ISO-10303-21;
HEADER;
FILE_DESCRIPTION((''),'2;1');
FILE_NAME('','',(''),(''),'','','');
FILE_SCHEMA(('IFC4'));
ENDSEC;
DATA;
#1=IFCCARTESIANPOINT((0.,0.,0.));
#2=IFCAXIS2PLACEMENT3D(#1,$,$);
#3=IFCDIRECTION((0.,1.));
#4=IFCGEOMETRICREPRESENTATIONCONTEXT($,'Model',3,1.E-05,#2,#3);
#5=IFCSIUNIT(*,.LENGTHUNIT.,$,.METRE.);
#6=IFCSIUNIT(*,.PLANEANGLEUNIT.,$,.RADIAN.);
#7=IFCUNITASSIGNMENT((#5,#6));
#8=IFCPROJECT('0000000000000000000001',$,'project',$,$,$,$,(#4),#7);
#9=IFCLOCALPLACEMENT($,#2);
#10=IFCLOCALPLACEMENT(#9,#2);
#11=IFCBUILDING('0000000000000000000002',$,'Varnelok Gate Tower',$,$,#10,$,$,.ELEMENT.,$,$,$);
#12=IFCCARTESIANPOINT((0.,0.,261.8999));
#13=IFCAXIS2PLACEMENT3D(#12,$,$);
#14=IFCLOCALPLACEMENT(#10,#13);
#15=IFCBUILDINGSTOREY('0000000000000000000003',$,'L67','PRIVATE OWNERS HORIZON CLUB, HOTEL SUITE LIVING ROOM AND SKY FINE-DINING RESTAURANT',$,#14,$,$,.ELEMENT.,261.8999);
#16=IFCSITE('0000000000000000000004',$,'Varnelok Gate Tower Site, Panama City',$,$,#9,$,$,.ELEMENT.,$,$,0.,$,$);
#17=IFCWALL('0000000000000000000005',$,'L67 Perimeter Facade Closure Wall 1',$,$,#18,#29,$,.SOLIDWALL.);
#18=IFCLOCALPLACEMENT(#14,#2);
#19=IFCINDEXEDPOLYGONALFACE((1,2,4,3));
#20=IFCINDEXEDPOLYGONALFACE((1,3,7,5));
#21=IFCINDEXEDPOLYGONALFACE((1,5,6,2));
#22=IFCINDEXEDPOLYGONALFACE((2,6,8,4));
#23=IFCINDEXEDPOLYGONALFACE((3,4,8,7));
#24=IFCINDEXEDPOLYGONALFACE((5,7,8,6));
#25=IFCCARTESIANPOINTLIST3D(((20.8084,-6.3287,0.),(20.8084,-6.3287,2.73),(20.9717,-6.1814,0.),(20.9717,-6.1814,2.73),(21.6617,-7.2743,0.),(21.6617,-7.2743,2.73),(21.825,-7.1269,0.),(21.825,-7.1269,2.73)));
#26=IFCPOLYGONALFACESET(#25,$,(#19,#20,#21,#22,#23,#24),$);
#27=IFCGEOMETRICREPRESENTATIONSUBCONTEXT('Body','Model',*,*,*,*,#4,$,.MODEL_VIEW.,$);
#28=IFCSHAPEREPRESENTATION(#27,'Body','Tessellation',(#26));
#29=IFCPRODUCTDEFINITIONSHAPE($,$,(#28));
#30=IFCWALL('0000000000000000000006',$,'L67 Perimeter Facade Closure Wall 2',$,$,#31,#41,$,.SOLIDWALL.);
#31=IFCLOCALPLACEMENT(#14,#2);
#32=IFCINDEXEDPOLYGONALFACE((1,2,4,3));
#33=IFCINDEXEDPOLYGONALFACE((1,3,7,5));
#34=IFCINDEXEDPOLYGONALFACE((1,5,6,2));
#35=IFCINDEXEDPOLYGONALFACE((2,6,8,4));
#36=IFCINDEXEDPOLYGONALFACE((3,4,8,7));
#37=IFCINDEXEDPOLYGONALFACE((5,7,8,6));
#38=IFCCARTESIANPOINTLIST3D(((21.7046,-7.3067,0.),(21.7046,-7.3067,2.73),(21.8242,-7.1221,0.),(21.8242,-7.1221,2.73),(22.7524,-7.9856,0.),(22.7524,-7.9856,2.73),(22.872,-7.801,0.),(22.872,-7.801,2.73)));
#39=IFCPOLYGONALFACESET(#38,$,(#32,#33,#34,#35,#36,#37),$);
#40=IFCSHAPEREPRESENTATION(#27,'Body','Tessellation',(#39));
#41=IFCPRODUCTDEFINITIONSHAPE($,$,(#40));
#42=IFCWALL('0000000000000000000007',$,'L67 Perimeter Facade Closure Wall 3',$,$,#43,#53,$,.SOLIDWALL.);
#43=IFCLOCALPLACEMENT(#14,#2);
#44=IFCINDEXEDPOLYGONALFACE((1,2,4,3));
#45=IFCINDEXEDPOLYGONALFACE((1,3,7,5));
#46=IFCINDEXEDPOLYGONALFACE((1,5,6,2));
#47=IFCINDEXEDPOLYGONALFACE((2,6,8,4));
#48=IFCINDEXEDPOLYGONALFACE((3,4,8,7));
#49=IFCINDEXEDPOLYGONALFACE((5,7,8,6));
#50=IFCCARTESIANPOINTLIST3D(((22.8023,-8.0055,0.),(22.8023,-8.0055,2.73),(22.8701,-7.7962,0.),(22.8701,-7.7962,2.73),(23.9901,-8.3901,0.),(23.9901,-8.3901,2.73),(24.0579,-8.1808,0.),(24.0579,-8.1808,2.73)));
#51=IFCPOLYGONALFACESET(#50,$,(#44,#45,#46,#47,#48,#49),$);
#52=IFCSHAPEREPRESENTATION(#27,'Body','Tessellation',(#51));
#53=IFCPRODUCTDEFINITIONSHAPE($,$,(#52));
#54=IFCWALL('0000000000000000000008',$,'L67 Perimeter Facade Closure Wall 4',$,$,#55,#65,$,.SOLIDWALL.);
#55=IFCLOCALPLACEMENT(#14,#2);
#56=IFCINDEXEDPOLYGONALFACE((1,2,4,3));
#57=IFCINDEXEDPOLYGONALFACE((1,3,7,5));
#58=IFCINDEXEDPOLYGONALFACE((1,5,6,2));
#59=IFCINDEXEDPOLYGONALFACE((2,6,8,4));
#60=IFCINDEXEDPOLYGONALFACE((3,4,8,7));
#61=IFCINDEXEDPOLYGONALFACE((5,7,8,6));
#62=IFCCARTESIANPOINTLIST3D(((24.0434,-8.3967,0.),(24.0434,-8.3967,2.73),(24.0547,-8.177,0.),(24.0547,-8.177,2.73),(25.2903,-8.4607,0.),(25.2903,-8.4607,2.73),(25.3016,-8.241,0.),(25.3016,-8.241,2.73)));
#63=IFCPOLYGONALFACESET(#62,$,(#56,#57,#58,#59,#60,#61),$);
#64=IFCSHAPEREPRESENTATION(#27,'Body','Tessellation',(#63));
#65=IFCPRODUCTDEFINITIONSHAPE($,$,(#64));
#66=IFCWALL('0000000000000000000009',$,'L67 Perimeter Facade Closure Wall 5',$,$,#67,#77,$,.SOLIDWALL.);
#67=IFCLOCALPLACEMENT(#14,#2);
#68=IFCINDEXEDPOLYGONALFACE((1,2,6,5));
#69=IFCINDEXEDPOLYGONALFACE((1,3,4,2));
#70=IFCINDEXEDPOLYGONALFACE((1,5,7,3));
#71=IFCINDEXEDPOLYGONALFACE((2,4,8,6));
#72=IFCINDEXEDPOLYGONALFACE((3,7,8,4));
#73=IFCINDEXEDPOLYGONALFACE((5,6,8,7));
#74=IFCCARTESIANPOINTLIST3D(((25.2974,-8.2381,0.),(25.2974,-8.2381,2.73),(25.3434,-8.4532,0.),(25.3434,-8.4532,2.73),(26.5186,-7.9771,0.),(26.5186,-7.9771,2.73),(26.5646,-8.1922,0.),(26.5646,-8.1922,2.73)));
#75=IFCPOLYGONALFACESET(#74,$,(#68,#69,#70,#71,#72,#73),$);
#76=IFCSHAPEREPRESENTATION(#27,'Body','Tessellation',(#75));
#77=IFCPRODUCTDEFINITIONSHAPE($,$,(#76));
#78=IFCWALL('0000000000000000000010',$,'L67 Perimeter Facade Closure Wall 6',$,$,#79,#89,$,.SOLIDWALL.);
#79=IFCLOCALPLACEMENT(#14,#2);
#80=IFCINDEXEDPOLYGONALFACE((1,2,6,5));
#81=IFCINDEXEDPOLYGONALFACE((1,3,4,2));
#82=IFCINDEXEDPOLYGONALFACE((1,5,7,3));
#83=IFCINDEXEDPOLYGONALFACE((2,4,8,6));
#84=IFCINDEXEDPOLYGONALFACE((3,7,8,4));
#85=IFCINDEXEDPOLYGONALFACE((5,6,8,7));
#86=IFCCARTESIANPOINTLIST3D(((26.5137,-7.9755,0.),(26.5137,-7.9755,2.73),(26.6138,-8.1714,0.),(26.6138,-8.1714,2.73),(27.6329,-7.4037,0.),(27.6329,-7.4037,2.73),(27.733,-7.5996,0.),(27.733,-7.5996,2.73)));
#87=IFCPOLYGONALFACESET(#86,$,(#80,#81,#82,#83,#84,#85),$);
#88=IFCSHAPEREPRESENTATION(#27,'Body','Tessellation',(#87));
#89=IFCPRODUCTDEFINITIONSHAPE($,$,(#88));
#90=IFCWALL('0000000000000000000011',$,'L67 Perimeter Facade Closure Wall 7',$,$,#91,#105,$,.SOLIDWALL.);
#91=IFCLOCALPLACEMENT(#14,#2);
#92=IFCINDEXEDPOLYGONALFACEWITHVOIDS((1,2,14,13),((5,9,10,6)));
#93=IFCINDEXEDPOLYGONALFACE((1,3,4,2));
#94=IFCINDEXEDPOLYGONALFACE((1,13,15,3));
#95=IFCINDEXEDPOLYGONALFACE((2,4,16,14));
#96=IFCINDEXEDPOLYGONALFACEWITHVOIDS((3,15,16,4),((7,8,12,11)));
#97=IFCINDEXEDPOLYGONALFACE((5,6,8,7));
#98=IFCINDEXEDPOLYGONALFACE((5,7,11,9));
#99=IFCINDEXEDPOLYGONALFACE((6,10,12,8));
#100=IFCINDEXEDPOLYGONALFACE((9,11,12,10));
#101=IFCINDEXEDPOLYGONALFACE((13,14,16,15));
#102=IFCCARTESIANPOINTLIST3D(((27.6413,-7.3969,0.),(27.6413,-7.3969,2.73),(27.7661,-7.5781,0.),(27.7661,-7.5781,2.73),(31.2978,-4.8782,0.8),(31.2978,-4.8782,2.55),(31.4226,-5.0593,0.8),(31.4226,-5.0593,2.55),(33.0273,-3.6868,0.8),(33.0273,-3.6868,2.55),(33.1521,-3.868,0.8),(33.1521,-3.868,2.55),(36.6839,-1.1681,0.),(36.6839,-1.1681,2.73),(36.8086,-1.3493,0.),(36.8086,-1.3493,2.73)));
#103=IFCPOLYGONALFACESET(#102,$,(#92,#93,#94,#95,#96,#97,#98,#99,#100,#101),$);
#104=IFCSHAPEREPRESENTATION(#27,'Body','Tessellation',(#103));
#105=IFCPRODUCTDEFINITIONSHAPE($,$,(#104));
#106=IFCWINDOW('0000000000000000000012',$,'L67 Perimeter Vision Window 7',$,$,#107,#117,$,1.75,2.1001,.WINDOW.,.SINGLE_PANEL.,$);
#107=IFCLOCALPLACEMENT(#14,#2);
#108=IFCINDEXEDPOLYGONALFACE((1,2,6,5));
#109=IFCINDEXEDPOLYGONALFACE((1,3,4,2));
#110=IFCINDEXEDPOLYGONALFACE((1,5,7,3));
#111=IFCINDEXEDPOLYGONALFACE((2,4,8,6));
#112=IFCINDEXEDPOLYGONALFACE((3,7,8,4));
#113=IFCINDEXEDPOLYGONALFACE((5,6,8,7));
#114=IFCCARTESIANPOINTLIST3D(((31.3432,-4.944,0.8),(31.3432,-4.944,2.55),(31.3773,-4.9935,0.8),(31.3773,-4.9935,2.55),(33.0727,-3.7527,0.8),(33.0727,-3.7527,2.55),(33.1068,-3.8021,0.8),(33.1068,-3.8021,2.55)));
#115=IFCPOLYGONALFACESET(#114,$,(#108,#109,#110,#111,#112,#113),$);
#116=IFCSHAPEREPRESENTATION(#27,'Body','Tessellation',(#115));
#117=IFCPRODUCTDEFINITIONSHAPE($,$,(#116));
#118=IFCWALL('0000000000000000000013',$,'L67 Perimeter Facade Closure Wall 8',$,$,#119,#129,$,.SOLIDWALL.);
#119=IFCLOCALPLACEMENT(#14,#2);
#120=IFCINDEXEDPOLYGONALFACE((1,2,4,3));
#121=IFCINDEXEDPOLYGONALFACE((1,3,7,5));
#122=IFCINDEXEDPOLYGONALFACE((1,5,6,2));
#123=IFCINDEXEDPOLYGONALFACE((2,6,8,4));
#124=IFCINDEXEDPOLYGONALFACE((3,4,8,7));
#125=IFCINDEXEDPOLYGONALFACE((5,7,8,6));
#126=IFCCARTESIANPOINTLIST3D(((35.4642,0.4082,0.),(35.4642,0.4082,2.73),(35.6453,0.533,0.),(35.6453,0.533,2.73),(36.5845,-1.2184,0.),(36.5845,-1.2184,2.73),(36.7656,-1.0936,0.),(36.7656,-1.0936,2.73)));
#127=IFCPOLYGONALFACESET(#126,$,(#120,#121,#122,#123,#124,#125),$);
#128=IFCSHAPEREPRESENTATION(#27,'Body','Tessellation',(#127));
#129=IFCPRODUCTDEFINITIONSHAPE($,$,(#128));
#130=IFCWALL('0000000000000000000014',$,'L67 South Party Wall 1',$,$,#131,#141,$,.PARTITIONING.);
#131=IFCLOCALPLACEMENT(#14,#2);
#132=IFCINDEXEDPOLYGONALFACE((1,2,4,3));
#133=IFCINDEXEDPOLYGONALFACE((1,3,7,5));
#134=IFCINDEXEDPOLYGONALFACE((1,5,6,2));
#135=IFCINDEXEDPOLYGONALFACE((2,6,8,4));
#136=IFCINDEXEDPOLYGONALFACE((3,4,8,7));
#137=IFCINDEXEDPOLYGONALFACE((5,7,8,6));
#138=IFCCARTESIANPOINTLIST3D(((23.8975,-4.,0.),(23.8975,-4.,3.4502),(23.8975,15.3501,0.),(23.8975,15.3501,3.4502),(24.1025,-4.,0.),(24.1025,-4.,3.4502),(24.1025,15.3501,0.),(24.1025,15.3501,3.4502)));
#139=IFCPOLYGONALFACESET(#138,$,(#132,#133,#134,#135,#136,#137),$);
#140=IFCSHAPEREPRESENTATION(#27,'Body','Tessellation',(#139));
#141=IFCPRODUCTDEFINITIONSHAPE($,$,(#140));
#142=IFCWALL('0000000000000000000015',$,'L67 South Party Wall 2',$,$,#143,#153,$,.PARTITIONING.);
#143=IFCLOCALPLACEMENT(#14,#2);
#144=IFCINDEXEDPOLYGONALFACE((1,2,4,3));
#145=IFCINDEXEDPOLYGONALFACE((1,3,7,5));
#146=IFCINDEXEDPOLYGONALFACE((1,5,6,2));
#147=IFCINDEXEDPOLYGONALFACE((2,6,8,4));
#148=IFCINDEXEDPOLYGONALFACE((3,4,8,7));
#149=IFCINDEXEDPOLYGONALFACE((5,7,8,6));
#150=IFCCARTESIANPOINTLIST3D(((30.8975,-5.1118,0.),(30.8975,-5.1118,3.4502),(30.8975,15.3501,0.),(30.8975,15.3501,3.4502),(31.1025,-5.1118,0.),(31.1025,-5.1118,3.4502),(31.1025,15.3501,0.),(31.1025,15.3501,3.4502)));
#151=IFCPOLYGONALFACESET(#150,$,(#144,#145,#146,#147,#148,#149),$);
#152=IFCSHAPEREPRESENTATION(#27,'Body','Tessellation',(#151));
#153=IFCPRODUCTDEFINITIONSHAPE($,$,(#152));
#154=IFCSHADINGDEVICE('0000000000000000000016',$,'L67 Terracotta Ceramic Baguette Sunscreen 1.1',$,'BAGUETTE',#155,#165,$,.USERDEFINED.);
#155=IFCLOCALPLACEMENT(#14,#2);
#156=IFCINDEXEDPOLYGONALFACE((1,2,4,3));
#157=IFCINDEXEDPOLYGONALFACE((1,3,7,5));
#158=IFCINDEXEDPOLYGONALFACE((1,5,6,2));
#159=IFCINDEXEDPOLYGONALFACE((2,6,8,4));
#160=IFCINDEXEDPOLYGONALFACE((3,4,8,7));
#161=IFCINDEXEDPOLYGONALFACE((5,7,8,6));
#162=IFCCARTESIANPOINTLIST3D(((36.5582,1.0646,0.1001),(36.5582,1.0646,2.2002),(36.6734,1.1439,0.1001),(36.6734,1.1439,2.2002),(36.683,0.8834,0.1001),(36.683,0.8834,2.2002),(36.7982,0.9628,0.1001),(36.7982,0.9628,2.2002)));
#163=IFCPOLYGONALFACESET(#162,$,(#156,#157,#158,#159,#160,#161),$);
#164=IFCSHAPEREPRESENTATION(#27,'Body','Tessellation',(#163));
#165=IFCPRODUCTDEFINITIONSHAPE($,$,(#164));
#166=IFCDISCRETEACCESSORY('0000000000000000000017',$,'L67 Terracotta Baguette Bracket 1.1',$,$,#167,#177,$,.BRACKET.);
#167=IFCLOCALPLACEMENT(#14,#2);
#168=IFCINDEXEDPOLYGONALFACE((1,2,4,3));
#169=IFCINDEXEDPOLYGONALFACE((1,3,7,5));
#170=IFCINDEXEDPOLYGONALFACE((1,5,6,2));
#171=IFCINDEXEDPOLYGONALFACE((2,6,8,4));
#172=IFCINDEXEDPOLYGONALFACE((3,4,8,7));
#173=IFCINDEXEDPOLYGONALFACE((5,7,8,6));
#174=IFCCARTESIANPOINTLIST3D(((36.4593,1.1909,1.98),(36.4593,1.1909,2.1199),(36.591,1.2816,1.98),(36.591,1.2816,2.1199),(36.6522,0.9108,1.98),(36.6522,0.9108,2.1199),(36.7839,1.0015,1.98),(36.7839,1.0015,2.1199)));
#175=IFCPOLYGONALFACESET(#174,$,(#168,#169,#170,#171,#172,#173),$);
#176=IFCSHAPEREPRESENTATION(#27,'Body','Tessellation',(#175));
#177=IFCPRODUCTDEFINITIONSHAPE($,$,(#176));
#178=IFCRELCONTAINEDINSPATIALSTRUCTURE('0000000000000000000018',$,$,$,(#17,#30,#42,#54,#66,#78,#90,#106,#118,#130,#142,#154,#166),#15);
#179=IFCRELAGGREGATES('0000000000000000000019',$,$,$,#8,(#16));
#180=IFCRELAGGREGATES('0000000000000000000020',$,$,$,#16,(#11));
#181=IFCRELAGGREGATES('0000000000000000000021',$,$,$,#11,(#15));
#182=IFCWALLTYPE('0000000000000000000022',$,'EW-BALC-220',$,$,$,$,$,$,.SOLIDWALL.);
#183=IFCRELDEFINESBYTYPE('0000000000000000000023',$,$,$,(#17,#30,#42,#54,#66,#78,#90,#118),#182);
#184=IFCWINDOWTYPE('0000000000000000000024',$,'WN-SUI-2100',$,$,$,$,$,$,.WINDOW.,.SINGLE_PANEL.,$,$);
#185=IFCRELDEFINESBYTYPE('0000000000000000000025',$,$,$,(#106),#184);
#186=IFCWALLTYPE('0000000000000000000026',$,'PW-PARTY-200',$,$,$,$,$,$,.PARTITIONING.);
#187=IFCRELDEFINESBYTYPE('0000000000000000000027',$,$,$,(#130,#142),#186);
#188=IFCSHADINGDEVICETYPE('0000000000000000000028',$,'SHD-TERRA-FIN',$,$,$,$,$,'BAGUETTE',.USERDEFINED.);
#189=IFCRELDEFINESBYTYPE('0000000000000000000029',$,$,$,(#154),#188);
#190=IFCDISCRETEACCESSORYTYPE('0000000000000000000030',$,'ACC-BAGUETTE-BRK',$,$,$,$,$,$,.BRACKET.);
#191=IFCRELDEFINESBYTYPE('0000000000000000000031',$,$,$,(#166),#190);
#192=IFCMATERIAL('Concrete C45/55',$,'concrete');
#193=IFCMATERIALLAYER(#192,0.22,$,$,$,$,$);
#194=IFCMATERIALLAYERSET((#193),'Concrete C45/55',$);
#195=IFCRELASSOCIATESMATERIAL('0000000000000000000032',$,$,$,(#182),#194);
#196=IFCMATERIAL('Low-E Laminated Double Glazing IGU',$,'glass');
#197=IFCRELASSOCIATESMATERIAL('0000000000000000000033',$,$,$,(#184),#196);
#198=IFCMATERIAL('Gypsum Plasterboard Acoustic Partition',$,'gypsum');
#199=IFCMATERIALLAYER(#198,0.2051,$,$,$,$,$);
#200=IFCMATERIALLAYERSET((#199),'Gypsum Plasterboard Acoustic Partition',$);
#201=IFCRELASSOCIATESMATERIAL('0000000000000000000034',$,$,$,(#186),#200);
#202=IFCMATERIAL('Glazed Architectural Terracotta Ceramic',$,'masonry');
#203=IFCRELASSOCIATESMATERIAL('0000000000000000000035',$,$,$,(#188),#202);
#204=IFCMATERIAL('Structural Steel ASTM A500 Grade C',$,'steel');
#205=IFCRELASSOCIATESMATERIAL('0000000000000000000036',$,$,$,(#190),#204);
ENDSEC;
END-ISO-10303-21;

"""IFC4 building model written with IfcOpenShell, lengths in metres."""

from ifc_helpers import new_model, si_unit, direction, frame, frame_2d, origin, origin_2d, place, context, subcontext, project, spatial, rectangle, extrude, source, transform, mapped, material, layer, layer_set, type_object, element, fill, save


model = new_model("IFC4")

# Units and contexts
model_context = context("Model", 3, precision=1e-05, world=origin(), true_north=direction((0.0, 1.0)))
body_context = subcontext(model_context, "Body", "Model", "MODEL_VIEW")
ifc_project = project(units=[si_unit("LENGTHUNIT", "METRE"), si_unit("PLANEANGLEUNIT", "RADIAN")], contexts=[model_context])

# Site, building, storey
site_placement = place(None, origin())
site = spatial("IfcSite", under=ifc_project, at=site_placement, Name="Varnelok Gate Tower Site, Panama City", CompositionType="ELEMENT", RefElevation=0.0)
building_placement = place(site_placement, origin())
building = spatial("IfcBuilding", under=site, at=building_placement, Name="Varnelok Gate Tower", CompositionType="ELEMENT")
storey_placement = place(building_placement, frame((0.0, 0.0, 261.8999)))
storey = spatial("IfcBuildingStorey", under=building, at=storey_placement, Name="L67", Description="PRIVATE OWNERS HORIZON CLUB, HOTEL SUITE LIVING ROOM AND SKY FINE-DINING RESTAURANT", CompositionType="ELEMENT", Elevation=261.8999)

# Shared definitions
ifc_material_1 = material(Name="Low-E Laminated Double Glazing IGU", Category="glass")

# Walls
ifc_material_2 = material(Name="Concrete C45/55", Category="concrete")
ifc_layer_1 = layer(ifc_material_2, 0.22)
ifc_layer_set_1 = layer_set([ifc_layer_1], Name="Concrete C45/55")
wall_type_1 = type_object("IfcWallType", Name="EW-BALC-220", PredefinedType="SOLIDWALL", material=ifc_layer_set_1)
wall_1_placement = place(storey_placement, frame((20.8901, -6.2551, 0.0), z_axis=(0.0, 0.0, 1.0), x_axis=(0.669949, -0.742407, 0.0)))
element("IfcWall", 1, at=wall_1_placement, inside=storey, type_object=wall_type_1, Name="L67 Perimeter Facade Closure Wall 1", PredefinedType="SOLIDWALL", context=body_context, shape_type="SweptSolid", body=[
    extrude(rectangle(XDim=1.2737, YDim=0.22, at=frame_2d((0.6367, 0.0))), origin(), (0.0, 0.0, 1.0), 2.73),
])
for number, where, z_axis, x_axis, name in (
    (2, (21.7644, -7.2144, 0.0), (0.0, 0.0, 1.0), (0.839229, -0.543778, 0.0), "L67 Perimeter Facade Closure Wall 2"),
    (3, (22.8362, -7.9009, 0.0), (0.0, 0.0, 1.0), (0.951386, -0.308003, 0.0), "L67 Perimeter Facade Closure Wall 3"),
    (4, (24.0491, -8.2869, 0.0), (0.0, 0.0, 1.0), (0.998687, -0.051235, 0.0), "L67 Perimeter Facade Closure Wall 4"),
):
    element("IfcWall", number, at=place(storey_placement, frame(where, z_axis=z_axis, x_axis=x_axis)), inside=storey, type_object=wall_type_1, Name=name, PredefinedType="SOLIDWALL", context=body_context, shape_type="SweptSolid", body=[
        extrude(rectangle(XDim=1.2485, YDim=0.22, at=frame_2d((0.6243, 0.0))), origin(), (0.0, 0.0, 1.0), 2.73),
    ])
wall_2_placement = place(storey_placement, frame((25.3203, -8.3457, 0.0), z_axis=(0.0, 0.0, 1.0), x_axis=(0.977917, 0.208995, 0.0)))
element("IfcWall", 5, at=wall_2_placement, inside=storey, type_object=wall_type_1, Name="L67 Perimeter Facade Closure Wall 5", PredefinedType="SOLIDWALL", context=body_context, shape_type="SweptSolid", body=[
    extrude(rectangle(XDim=1.2488, YDim=0.22, at=frame_2d((0.6245, 0.0))), origin(), (0.0, 0.0, 1.0), 2.73),
])
wall_3_placement = place(storey_placement, frame((26.5637, -8.0735, 0.0), z_axis=(0.0, 0.0, 1.0), x_axis=(0.890508, 0.454967, 0.0)))
element("IfcWall", 6, at=wall_3_placement, inside=storey, type_object=wall_type_1, Name="L67 Perimeter Facade Closure Wall 6", PredefinedType="SOLIDWALL", context=body_context, shape_type="SweptSolid", body=[
    extrude(rectangle(XDim=1.2568, YDim=0.22, at=frame_2d((0.6284, 0.0))), origin(), (0.0, 0.0, 1.0), 2.73),
])

# Wall, opening, window
wall_4_placement = place(storey_placement, frame((27.7036, -7.4875, 0.0), z_axis=(0.0, 0.0, 1.0), x_axis=(0.823529, 0.567274, 0.0)))
wall_4 = element("IfcWall", 7, at=wall_4_placement, inside=storey, type_object=wall_type_1, Name="L67 Perimeter Facade Closure Wall 7", PredefinedType="SOLIDWALL", context=body_context, shape_type="SweptSolid", body=[
    extrude(rectangle(XDim=10.9802, YDim=0.22, at=frame_2d((5.4902, 0.0))), origin(), (0.0, 0.0, 1.0), 2.73),
])
opening_placement = place(wall_4_placement, frame((4.4402, 0.0, 0.8)))
opening = element("IfcOpeningElement", 8, at=opening_placement, cuts=wall_4, PredefinedType="OPENING", context=body_context, shape_type="SweptSolid", body=[
    extrude(rectangle(XDim=2.1001, YDim=1.75, at=frame_2d((1.05, 0.875))), frame((0.0, 0.1199, 0.0), z_axis=(0.0, -1.0, 0.0), x_axis=(1.0, 0.0, 0.0)), (0.0, 0.0, 1.0), 0.24),
])
window_type = type_object("IfcWindowType", Name="WN-SUI-2100", PartitioningType="SINGLE_PANEL", PredefinedType="WINDOW", material=ifc_material_1)
window_placement = place(opening_placement, origin())
window = element("IfcWindow", 9, at=window_placement, inside=storey, type_object=window_type, Name="L67 Perimeter Vision Window 7", OverallHeight=1.75, OverallWidth=2.1001, PartitioningType="SINGLE_PANEL", PredefinedType="WINDOW", context=body_context, shape_type="SweptSolid", body=[
    extrude(rectangle(XDim=2.1001, YDim=1.75, at=frame_2d((1.05, 0.875))), frame((0.0, 0.03, 0.0), z_axis=(0.0, -1.0, 0.0), x_axis=(1.0, 0.0, 0.0)), (0.0, 0.0, 1.0), 0.0601),
])
fill(opening, window)

# Walls
wall_5_placement = place(storey_placement, frame((36.675, -1.156, 0.0), z_axis=(0.0, 0.0, 1.0), x_axis=(-0.567216, 0.823569, 0.0)))
element("IfcWall", 10, at=wall_5_placement, inside=storey, type_object=wall_type_1, Name="L67 Perimeter Facade Closure Wall 8", PredefinedType="SOLIDWALL", context=body_context, shape_type="SweptSolid", body=[
    extrude(rectangle(XDim=1.9751, YDim=0.22, at=frame_2d((0.9875, 0.0))), origin(), (0.0, 0.0, 1.0), 2.73),
])
ifc_material_3 = material(Name="Gypsum Plasterboard Acoustic Partition", Category="gypsum")
ifc_layer_2 = layer(ifc_material_3, 0.2051)
ifc_layer_set_2 = layer_set([ifc_layer_2], Name="Gypsum Plasterboard Acoustic Partition")
wall_type_2 = type_object("IfcWallType", Name="PW-PARTY-200", PredefinedType="PARTITIONING", material=ifc_layer_set_2)
wall_6_placement = place(storey_placement, frame((24.0, -4.0, 0.0), z_axis=(0.0, 0.0, 1.0), x_axis=(0.0, 1.0, 0.0)))
element("IfcWall", 11, at=wall_6_placement, inside=storey, type_object=wall_type_2, Name="L67 South Party Wall 1", PredefinedType="PARTITIONING", context=body_context, shape_type="SweptSolid", body=[
    extrude(rectangle(XDim=19.3501, YDim=0.2051, at=frame_2d((9.675, 0.0))), origin(), (0.0, 0.0, 1.0), 3.4502),
])
wall_7_placement = place(storey_placement, frame((31.0, -5.1118, 0.0), z_axis=(0.0, 0.0, 1.0), x_axis=(0.0, 1.0, 0.0)))
element("IfcWall", 12, at=wall_7_placement, inside=storey, type_object=wall_type_2, Name="L67 South Party Wall 2", PredefinedType="PARTITIONING", context=body_context, shape_type="SweptSolid", body=[
    extrude(rectangle(XDim=20.4619, YDim=0.2051, at=frame_2d((10.231, 0.0))), origin(), (0.0, 0.0, 1.0), 3.4502),
])

# Shading device
ifc_material_4 = material(Name="Glazed Architectural Terracotta Ceramic", Category="masonry")
shading_device_type = type_object("IfcShadingDeviceType", Name="SHD-TERRA-FIN", ElementType="BAGUETTE", PredefinedType="USERDEFINED", material=ifc_material_4)
shared_shape_1 = source(origin(), body_context, "Body", "SweptSolid", [
    extrude(rectangle(XDim=0.1399, YDim=0.22, at=origin_2d()), origin(), (0.0, 0.0, 1.0), 2.1001),
])
shading_device_placement = place(storey_placement, frame((36.6782, 1.0137, 0.1001), z_axis=(0.0, 0.0, 1.0), x_axis=(0.823533, 0.567269, 0.0)))
element("IfcShadingDevice", 13, at=shading_device_placement, inside=storey, type_object=shading_device_type, Name="L67 Terracotta Ceramic Baguette Sunscreen 1.1", ObjectType="BAGUETTE", PredefinedType="USERDEFINED", context=body_context, shape_type="MappedRepresentation", body=[
    mapped(shared_shape_1, transform((0.0, 0.0, 0.0), scale=1.0)),
])

# Discrete accessory
ifc_material_5 = material(Name="Structural Steel ASTM A500 Grade C", Category="steel")
discrete_accessory_type = type_object("IfcDiscreteAccessoryType", Name="ACC-BAGUETTE-BRK", PredefinedType="BRACKET", material=ifc_material_5)
shared_shape_2 = source(origin(), body_context, "Body", "SweptSolid", [
    extrude(rectangle(XDim=0.1599, YDim=0.3401, at=origin_2d()), origin(), (0.0, 0.0, 1.0), 0.1399),
])
discrete_accessory_placement = place(storey_placement, frame((36.6216, 1.0962, 1.98), z_axis=(0.0, 0.0, 1.0), x_axis=(0.823533, 0.567269, 0.0)))
element("IfcDiscreteAccessory", 14, at=discrete_accessory_placement, inside=storey, type_object=discrete_accessory_type, Name="L67 Terracotta Baguette Bracket 1.1", PredefinedType="BRACKET", context=body_context, shape_type="MappedRepresentation", body=[
    mapped(shared_shape_2, transform((0.0, 0.0, 0.0), scale=1.0)),
])

save(model, "model.ifc")
